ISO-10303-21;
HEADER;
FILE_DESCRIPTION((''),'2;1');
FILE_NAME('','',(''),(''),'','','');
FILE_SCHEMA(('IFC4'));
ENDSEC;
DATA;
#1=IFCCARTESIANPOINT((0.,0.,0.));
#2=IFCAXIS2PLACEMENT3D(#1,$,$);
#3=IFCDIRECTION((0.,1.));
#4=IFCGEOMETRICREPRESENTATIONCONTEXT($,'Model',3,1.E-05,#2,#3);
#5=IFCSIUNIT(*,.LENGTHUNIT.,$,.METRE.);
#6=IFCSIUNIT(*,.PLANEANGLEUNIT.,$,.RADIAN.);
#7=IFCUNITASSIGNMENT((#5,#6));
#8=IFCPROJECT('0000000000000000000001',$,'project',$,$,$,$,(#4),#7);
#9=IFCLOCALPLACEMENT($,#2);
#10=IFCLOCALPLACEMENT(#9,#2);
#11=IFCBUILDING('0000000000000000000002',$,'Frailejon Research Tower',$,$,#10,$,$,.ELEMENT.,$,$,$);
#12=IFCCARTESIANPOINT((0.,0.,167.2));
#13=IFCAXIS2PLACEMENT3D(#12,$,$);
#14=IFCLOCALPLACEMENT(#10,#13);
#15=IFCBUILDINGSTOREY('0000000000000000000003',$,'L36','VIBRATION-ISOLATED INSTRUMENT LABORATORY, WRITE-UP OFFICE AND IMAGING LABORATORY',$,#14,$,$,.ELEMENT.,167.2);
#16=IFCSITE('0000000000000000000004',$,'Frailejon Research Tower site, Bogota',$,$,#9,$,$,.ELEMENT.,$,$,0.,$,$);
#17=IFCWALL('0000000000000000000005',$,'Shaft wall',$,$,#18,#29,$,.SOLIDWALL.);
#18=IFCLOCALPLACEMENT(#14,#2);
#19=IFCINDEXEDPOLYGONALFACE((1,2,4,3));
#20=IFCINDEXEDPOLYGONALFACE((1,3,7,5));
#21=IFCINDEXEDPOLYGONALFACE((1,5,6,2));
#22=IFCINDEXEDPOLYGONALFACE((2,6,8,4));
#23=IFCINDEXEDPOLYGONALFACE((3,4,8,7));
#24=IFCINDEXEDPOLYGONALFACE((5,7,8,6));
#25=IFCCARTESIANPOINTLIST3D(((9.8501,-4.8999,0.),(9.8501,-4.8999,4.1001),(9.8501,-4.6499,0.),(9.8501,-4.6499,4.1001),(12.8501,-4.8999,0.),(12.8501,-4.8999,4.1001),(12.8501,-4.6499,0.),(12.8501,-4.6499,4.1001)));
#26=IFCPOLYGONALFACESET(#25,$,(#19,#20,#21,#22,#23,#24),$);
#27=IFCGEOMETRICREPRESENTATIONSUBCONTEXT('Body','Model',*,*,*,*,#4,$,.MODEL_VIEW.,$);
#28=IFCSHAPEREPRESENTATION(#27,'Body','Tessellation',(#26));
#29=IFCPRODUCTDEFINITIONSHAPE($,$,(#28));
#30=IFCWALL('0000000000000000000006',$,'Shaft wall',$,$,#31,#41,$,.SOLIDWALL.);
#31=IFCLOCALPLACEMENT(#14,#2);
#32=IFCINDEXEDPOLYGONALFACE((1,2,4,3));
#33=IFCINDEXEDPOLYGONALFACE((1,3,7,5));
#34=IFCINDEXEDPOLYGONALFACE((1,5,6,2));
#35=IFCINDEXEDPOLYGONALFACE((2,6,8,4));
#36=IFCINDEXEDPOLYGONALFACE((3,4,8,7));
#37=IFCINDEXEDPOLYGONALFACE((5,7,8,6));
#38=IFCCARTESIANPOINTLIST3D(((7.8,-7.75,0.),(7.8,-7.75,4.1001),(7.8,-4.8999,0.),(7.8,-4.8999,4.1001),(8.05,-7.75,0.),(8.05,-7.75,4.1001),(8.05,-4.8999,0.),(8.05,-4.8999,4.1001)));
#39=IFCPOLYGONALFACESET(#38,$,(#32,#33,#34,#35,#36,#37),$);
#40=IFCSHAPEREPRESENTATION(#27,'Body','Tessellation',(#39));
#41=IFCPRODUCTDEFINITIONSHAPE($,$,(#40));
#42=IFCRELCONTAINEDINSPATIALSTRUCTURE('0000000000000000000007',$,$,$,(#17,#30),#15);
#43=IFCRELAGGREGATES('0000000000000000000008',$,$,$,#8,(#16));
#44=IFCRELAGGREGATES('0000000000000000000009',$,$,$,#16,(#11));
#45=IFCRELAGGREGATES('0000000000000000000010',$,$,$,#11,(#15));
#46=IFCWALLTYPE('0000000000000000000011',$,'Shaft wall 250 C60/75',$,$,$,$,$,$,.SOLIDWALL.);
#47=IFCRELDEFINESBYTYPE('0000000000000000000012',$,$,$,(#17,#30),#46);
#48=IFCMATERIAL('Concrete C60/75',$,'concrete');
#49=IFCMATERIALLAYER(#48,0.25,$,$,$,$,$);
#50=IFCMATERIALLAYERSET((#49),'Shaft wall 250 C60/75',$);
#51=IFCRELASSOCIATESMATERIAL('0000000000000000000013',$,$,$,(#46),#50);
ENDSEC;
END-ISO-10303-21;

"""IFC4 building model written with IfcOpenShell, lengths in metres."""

from ifc_helpers import new_model, si_unit, direction, frame, frame_2d, origin, place, context, subcontext, project, spatial, rectangle, extrude, material, layer, layer_set, type_object, element, save


model = new_model("IFC4")

# Units and contexts
model_context = context("Model", 3, precision=1e-05, world=origin(), true_north=direction((0.0, 1.0)))
body_context = subcontext(model_context, "Body", "Model", "MODEL_VIEW")
ifc_project = project(units=[si_unit("LENGTHUNIT", "METRE"), si_unit("PLANEANGLEUNIT", "RADIAN")], contexts=[model_context])

# Site, building, storey
site_placement = place(None, origin())
site = spatial("IfcSite", under=ifc_project, at=site_placement, Name="Frailejon Research Tower site, Bogota", CompositionType="ELEMENT", RefElevation=0.0)
building_placement = place(site_placement, origin())
building = spatial("IfcBuilding", under=site, at=building_placement, Name="Frailejon Research Tower", CompositionType="ELEMENT")
storey_placement = place(building_placement, frame((0.0, 0.0, 167.2)))
storey = spatial("IfcBuildingStorey", under=building, at=storey_placement, Name="L36", Description="VIBRATION-ISOLATED INSTRUMENT LABORATORY, WRITE-UP OFFICE AND IMAGING LABORATORY", CompositionType="ELEMENT", Elevation=167.2)

# Shared definitions
ifc_material_1 = material(Name="Concrete C60/75", Category="concrete")
ifc_layer_1 = layer(ifc_material_1, 0.25)
ifc_layer_set_1 = layer_set([ifc_layer_1], Name="Shaft wall 250 C60/75")
wall_type_1 = type_object("IfcWallType", Name="Shaft wall 250 C60/75", PredefinedType="SOLIDWALL", material=ifc_layer_set_1)

# Walls
wall_1_placement = place(storey_placement, frame((9.8501, -4.7749, 0.0), z_axis=(0.0, 0.0, 1.0), x_axis=(1.0, 0.0, 0.0)))
element("IfcWall", 1, at=wall_1_placement, inside=storey, type_object=wall_type_1, Name="Shaft wall", PredefinedType="SOLIDWALL", context=body_context, shape_type="SweptSolid", body=[
    extrude(rectangle(XDim=3.0, YDim=0.25, at=frame_2d((1.5, 0.0))), origin(), (0.0, 0.0, 1.0), 4.1001),
])
wall_2_placement = place(storey_placement, frame((7.925, -7.75, 0.0), z_axis=(0.0, 0.0, 1.0), x_axis=(0.0, 1.0, 0.0)))
element("IfcWall", 2, at=wall_2_placement, inside=storey, type_object=wall_type_1, Name="Shaft wall", PredefinedType="SOLIDWALL", context=body_context, shape_type="SweptSolid", body=[
    extrude(rectangle(XDim=2.8501, YDim=0.25, at=frame_2d((1.425, 0.0))), origin(), (0.0, 0.0, 1.0), 4.1001),
])

save(model, "model.ifc")
